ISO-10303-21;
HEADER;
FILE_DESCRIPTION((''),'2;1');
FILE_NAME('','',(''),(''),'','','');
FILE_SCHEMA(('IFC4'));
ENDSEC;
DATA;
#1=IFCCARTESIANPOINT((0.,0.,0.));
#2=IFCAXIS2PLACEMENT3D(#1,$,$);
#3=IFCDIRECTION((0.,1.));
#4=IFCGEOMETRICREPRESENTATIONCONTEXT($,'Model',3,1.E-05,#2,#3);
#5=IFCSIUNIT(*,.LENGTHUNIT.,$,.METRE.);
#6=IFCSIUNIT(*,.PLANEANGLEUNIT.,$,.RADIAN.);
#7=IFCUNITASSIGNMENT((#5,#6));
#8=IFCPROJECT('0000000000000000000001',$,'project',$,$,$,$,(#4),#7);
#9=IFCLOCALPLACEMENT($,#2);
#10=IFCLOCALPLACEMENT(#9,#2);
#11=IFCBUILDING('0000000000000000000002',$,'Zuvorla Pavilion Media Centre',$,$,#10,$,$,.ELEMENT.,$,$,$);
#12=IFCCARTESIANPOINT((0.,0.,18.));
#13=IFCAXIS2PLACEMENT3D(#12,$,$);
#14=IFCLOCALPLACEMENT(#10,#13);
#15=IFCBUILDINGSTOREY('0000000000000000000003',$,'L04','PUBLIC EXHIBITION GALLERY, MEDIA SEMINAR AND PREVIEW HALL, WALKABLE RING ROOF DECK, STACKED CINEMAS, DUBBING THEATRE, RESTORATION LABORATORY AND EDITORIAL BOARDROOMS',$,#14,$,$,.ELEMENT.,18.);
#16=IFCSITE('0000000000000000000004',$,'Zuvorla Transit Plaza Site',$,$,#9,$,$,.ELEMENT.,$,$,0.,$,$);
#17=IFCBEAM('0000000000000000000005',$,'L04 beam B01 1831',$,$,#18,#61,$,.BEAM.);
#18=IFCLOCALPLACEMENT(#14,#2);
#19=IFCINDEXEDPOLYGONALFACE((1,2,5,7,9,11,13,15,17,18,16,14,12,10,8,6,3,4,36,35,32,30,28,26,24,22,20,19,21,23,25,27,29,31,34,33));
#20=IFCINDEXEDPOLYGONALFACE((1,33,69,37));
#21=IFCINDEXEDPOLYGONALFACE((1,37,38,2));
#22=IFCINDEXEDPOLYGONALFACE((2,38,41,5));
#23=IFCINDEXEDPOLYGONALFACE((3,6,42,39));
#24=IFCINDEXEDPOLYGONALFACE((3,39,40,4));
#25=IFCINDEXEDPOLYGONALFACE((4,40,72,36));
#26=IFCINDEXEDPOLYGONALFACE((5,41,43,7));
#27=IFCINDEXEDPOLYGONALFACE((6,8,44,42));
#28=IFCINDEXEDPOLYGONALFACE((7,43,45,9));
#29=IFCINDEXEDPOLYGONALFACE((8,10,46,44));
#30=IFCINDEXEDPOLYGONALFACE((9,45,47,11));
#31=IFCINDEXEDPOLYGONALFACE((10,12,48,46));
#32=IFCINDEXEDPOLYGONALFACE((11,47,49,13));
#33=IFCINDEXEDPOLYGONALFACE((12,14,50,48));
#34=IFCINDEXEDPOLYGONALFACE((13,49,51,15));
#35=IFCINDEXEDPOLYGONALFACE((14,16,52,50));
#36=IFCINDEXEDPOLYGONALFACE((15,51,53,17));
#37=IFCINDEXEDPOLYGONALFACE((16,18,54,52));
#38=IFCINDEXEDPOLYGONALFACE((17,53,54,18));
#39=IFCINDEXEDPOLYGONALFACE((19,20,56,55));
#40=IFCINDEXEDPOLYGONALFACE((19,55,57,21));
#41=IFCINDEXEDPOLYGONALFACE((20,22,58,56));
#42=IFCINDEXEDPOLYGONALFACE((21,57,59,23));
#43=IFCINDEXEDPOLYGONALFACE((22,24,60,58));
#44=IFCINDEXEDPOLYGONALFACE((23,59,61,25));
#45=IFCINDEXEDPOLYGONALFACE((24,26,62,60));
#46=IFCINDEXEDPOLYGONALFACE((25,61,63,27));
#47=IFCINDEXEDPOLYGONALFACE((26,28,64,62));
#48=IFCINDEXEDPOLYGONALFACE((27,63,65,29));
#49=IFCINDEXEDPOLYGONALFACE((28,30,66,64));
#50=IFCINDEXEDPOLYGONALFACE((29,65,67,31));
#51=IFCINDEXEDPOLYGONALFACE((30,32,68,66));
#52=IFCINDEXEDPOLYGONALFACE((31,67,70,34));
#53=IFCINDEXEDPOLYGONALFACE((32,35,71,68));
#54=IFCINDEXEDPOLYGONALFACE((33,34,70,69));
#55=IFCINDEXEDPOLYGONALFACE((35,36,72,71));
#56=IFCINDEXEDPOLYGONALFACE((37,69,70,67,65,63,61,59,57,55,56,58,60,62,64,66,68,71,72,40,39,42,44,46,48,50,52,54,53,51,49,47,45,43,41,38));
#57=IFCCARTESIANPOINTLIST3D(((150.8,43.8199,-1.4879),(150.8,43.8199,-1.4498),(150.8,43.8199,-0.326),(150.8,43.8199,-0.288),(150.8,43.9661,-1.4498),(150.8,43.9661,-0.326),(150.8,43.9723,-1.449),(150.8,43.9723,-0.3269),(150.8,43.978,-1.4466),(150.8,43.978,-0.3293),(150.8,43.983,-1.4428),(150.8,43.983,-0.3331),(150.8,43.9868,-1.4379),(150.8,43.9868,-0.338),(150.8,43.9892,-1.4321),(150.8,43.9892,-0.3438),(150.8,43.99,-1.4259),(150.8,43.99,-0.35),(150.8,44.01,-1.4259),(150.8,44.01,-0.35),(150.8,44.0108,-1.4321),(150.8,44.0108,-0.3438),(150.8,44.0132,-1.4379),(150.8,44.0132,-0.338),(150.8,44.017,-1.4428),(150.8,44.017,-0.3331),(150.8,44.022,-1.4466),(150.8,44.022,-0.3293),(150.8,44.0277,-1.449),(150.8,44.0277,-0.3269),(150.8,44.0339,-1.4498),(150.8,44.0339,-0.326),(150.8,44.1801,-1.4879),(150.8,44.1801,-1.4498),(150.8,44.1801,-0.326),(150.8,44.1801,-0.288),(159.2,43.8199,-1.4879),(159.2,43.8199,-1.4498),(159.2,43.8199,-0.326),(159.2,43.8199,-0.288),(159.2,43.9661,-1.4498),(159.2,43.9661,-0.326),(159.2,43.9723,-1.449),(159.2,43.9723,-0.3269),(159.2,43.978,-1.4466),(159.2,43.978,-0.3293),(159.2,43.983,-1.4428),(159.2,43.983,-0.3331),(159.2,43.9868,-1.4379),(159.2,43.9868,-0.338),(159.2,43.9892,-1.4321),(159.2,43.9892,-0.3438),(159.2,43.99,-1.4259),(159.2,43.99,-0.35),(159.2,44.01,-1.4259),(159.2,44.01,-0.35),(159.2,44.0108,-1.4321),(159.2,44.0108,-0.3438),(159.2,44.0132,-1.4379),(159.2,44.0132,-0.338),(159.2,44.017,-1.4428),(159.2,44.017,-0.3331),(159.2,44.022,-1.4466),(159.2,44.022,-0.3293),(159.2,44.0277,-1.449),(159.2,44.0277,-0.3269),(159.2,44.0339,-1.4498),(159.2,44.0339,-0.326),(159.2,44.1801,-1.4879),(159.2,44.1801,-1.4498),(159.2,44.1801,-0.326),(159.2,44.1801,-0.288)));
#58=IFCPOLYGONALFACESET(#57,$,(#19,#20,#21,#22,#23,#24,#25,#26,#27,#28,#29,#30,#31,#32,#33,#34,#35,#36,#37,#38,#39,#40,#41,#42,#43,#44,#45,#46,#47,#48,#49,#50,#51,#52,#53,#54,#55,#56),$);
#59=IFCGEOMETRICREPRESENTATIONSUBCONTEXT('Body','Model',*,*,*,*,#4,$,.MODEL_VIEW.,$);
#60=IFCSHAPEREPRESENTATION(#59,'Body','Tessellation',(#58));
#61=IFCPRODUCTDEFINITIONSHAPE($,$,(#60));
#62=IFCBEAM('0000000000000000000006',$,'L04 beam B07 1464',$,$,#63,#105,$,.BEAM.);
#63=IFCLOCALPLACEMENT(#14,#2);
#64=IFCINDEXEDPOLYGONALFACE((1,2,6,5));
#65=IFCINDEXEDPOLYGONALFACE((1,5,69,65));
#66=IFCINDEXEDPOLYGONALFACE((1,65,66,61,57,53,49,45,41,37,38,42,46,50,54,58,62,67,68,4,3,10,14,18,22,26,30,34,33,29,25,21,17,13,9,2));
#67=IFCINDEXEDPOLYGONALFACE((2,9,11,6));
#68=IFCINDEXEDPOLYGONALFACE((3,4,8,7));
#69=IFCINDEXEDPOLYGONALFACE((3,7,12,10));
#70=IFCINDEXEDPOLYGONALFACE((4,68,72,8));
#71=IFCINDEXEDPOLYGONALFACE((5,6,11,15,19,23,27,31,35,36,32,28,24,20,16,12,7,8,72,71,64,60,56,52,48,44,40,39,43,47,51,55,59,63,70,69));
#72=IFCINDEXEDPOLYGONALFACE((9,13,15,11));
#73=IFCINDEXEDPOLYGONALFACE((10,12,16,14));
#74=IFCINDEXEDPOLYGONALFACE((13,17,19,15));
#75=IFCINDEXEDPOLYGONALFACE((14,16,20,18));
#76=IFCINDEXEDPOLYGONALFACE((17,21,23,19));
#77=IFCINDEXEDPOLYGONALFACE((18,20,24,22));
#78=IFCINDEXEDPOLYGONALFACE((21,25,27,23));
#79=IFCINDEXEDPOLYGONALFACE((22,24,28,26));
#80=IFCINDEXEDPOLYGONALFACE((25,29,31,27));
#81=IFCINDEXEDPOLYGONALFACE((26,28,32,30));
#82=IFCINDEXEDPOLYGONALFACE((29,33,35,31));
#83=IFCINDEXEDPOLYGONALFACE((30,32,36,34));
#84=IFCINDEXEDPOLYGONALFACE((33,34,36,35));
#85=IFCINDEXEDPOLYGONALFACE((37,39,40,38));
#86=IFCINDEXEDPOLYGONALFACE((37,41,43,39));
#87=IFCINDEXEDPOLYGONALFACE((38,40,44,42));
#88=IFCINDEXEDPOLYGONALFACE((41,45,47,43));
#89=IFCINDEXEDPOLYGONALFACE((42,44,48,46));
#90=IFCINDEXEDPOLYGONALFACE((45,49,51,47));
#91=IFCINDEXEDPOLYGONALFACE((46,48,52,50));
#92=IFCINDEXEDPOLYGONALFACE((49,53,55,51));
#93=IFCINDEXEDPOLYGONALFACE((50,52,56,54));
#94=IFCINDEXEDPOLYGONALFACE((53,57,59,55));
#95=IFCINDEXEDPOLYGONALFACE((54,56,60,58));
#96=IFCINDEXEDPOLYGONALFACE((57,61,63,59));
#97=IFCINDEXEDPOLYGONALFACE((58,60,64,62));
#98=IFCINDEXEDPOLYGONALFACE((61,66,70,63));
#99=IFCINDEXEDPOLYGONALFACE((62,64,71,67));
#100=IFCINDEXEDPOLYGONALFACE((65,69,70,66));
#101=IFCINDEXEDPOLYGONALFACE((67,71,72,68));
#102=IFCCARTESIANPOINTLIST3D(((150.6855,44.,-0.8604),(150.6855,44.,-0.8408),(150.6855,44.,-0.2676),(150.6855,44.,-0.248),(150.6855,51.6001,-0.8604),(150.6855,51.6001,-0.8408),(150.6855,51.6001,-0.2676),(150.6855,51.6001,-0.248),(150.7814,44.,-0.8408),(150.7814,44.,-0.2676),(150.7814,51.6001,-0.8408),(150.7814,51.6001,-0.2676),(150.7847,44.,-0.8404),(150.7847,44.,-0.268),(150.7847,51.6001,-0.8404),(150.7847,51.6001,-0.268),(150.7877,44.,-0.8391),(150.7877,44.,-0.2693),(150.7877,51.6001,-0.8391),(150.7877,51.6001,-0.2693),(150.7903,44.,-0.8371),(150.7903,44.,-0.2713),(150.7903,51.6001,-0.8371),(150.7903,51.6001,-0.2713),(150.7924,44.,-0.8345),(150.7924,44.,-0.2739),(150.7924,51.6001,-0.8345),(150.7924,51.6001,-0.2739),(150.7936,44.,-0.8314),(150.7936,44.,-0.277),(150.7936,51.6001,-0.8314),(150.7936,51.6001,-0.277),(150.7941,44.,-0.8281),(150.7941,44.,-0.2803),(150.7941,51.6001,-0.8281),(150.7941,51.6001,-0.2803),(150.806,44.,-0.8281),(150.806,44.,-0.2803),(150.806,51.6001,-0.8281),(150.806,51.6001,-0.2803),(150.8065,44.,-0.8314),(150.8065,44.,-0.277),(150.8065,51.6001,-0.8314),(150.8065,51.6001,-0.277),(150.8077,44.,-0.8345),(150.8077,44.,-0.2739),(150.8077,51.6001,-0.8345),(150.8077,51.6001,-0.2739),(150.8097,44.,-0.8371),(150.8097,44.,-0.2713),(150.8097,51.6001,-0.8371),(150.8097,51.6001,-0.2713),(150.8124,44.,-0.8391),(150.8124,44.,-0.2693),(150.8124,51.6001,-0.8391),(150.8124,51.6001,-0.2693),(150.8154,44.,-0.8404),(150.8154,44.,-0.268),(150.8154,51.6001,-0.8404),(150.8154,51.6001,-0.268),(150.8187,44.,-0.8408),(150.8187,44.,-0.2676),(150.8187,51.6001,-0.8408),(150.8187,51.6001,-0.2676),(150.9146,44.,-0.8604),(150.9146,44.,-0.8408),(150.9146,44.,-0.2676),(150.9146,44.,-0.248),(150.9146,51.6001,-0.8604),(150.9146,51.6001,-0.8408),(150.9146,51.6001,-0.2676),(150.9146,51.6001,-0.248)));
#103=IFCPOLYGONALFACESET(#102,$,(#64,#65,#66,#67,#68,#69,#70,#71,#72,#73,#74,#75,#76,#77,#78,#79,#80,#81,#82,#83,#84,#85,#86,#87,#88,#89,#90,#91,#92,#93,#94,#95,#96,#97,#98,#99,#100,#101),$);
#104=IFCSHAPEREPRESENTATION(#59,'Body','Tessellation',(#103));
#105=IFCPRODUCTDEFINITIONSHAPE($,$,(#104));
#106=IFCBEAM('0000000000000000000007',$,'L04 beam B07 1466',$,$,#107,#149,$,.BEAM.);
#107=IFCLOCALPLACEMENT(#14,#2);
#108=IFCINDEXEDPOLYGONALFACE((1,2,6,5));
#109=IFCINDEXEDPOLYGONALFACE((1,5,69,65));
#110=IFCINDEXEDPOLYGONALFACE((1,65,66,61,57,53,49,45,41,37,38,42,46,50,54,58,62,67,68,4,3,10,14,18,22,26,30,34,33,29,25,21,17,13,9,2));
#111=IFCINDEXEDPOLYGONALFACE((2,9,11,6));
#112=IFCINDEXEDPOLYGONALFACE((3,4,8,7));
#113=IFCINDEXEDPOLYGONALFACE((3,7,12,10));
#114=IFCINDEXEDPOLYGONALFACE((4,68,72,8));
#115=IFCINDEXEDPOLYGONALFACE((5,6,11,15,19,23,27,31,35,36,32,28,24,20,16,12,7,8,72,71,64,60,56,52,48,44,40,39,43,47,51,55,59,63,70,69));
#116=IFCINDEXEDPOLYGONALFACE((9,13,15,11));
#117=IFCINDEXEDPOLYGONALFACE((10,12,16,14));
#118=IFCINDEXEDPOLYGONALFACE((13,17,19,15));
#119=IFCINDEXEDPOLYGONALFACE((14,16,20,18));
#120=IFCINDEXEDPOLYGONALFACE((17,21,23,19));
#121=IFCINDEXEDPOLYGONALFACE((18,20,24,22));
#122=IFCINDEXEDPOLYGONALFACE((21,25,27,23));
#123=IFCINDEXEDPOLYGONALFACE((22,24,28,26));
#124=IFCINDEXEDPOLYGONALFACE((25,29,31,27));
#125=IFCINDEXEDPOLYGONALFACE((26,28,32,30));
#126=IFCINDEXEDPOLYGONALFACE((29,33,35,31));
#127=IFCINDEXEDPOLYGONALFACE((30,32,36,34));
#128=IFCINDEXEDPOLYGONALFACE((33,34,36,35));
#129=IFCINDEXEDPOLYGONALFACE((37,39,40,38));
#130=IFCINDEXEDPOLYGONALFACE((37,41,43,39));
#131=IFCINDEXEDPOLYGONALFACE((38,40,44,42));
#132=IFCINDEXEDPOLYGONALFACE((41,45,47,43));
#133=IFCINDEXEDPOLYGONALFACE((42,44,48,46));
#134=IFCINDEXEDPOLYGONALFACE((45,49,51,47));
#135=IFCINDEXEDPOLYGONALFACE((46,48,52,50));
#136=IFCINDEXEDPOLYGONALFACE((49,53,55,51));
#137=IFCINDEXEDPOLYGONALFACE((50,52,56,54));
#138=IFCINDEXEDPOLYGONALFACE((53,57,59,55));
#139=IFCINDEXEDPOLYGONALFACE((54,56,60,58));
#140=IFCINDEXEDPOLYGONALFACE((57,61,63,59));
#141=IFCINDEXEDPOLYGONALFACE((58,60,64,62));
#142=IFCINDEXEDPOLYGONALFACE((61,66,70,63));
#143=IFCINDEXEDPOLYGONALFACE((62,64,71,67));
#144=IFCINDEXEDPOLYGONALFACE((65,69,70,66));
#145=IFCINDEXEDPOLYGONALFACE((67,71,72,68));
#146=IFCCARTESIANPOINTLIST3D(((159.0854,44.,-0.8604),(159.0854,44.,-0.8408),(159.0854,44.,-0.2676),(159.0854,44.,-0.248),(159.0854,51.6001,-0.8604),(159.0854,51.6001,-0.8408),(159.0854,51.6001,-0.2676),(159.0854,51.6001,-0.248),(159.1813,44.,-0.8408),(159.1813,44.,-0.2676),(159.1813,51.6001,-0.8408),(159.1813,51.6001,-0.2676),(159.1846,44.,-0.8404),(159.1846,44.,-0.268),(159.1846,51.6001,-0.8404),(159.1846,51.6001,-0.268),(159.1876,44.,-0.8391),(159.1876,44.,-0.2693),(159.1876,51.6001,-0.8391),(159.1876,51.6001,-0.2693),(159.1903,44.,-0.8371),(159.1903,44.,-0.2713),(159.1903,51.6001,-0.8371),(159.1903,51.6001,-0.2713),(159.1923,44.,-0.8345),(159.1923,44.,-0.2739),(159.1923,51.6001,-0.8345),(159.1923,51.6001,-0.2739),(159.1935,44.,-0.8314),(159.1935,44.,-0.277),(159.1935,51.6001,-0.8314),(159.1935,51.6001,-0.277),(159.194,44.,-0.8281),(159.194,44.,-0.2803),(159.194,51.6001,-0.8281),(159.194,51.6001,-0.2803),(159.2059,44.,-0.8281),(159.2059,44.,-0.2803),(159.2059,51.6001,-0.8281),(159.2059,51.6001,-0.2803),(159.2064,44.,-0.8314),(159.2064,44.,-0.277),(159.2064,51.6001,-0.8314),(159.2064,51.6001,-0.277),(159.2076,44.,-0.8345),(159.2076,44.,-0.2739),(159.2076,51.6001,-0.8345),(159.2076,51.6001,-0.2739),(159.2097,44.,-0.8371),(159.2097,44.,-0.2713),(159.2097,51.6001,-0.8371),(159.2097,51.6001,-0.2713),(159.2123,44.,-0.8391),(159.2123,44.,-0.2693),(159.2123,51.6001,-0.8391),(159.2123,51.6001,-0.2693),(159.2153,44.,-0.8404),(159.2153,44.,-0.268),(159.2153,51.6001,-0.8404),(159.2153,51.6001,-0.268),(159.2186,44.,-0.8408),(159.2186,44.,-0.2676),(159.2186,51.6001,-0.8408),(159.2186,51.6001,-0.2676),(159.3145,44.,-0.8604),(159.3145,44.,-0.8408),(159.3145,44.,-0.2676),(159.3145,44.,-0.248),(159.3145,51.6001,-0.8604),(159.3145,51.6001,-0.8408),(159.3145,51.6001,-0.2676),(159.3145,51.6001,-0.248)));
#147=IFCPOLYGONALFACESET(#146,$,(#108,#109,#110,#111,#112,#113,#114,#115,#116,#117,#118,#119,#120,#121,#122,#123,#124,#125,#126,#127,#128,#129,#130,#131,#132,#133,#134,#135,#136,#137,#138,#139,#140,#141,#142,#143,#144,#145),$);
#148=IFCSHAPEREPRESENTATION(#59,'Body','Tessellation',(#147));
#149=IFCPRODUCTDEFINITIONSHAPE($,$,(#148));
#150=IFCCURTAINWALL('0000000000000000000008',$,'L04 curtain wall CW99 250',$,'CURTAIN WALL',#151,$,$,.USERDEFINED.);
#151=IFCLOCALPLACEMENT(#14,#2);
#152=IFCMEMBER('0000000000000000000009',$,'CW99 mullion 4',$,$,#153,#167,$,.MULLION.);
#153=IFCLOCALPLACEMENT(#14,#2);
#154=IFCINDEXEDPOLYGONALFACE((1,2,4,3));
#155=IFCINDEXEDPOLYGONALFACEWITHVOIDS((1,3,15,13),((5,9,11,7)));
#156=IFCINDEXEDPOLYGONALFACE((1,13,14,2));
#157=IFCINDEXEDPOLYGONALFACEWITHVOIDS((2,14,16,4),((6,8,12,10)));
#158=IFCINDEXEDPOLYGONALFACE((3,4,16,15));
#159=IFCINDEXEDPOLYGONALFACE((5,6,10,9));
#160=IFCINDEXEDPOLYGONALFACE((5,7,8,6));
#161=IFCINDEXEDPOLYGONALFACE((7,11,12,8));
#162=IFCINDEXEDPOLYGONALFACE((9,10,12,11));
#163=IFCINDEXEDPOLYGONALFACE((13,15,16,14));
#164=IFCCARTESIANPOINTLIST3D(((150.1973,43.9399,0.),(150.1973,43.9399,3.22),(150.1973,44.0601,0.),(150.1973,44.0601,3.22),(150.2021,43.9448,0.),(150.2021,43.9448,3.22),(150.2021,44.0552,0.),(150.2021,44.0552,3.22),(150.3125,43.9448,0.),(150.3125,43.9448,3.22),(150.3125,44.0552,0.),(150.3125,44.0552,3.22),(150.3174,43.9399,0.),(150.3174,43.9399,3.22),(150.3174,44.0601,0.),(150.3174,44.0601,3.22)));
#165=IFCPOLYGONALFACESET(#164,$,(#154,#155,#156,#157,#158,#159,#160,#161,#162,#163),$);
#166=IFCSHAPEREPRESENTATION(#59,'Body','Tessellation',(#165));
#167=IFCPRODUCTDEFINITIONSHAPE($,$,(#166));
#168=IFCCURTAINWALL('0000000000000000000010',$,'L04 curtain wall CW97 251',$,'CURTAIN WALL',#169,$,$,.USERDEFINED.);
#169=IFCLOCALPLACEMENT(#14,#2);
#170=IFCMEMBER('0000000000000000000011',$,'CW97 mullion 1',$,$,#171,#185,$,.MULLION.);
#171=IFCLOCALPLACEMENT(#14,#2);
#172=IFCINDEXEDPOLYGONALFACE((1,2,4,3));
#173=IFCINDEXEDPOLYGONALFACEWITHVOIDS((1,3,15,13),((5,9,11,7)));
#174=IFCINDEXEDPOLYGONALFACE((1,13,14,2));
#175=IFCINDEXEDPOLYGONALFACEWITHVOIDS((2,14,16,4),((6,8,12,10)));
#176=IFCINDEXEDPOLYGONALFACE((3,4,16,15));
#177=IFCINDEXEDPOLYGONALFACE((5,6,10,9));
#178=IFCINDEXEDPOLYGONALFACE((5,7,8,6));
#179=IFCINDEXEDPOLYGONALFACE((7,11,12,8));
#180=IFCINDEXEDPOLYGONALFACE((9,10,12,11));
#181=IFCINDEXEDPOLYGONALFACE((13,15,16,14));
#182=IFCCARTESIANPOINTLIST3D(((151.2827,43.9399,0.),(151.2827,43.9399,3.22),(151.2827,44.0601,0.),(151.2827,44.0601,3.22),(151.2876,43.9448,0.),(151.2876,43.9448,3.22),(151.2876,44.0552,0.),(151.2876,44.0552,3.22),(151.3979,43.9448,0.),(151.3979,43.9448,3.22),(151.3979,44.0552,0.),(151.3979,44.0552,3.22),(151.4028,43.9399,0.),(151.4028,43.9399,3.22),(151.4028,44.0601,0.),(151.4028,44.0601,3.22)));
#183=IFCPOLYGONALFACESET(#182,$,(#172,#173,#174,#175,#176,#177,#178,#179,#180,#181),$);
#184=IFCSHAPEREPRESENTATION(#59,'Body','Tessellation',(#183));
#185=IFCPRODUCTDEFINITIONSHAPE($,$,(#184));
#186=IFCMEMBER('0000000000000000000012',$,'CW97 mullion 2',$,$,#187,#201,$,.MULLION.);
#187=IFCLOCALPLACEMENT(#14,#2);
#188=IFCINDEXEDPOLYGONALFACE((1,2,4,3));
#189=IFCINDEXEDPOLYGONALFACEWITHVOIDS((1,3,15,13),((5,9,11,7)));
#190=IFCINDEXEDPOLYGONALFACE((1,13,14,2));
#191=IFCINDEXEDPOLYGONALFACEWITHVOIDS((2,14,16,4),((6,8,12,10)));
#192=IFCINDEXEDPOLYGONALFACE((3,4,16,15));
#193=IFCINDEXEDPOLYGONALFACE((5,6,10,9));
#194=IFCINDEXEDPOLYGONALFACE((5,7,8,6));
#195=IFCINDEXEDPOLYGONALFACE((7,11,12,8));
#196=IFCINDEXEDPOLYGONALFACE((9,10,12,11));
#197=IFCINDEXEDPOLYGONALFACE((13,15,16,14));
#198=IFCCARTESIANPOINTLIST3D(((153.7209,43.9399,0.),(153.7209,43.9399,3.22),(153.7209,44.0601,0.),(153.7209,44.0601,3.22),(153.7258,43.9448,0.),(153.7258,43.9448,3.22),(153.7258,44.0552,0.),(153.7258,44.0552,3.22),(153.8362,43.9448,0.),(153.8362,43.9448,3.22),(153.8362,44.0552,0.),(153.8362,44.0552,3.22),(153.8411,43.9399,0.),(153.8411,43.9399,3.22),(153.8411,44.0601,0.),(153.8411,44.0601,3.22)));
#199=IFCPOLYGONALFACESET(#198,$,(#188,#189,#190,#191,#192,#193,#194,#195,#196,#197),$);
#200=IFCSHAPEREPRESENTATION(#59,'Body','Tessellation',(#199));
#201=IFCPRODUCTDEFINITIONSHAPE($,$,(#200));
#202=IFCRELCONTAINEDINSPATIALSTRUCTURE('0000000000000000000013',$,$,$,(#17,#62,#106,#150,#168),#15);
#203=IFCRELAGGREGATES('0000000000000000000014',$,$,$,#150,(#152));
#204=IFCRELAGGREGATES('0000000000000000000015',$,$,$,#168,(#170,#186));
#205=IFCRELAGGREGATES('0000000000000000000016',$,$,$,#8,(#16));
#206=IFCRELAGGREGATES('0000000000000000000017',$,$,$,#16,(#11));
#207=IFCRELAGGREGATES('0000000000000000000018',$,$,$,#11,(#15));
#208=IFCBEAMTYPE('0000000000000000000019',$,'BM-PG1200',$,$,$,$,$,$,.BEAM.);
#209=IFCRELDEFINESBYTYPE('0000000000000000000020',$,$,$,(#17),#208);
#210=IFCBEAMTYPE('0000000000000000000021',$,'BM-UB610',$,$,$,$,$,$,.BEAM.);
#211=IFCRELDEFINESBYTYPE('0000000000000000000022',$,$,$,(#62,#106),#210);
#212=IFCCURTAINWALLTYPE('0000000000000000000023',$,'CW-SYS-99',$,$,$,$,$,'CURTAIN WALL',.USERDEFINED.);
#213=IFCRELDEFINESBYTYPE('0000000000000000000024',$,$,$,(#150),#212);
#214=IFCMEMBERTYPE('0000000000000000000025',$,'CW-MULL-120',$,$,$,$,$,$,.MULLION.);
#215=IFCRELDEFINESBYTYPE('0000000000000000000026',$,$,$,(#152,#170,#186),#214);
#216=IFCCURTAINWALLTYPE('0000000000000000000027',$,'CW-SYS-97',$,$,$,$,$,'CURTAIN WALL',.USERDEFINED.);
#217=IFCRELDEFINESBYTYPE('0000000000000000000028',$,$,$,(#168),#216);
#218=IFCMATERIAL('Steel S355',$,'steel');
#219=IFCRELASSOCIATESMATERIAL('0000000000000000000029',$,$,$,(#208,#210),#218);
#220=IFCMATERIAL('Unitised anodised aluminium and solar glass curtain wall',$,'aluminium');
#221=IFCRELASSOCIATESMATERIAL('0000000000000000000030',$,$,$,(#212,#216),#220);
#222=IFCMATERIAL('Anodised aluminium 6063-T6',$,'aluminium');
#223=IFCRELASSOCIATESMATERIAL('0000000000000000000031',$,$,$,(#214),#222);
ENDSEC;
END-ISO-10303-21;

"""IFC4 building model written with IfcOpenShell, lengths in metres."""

from ifc_helpers import new_model, si_unit, direction, frame, origin, origin_2d, place, context, subcontext, project, spatial, hollow_rectangle, i_section, extrude, material, material_profile, profile_set, type_object, element, aggregate, save


model = new_model("IFC4")

# Units and contexts
model_context = context("Model", 3, precision=1e-05, world=origin(), true_north=direction((0.0, 1.0)))
body_context = subcontext(model_context, "Body", "Model", "MODEL_VIEW")
ifc_project = project(units=[si_unit("LENGTHUNIT", "METRE"), si_unit("PLANEANGLEUNIT", "RADIAN")], contexts=[model_context])

# Site, building, storey
site_placement = place(None, origin())
site = spatial("IfcSite", under=ifc_project, at=site_placement, Name="Zuvorla Transit Plaza Site", CompositionType="ELEMENT", RefElevation=0.0)
building_placement = place(site_placement, origin())
building = spatial("IfcBuilding", under=site, at=building_placement, Name="Zuvorla Pavilion Media Centre", CompositionType="ELEMENT")
storey_placement = place(building_placement, frame((0.0, 0.0, 18.0)))
storey = spatial("IfcBuildingStorey", under=building, at=storey_placement, Name="L04", Description="PUBLIC EXHIBITION GALLERY, MEDIA SEMINAR AND PREVIEW HALL, WALKABLE RING ROOF DECK, STACKED CINEMAS, DUBBING THEATRE, RESTORATION LABORATORY AND EDITORIAL BOARDROOMS", CompositionType="ELEMENT", Elevation=18.0)

# Beams
ifc_material_1 = material(Name="Steel S355", Category="steel")
ifc_material_profile_1 = material_profile(ifc_material_1, i_section(OverallWidth=0.3601, OverallDepth=1.2, WebThickness=0.02, FlangeThickness=0.0381, FilletRadius=0.0239, at=origin_2d()), Name="PG 1200x360x38")
ifc_profile_set_1 = profile_set([ifc_material_profile_1], Name="Steel S355")
beam_type_1 = type_object("IfcBeamType", Name="BM-PG1200", PredefinedType="BEAM", material=ifc_profile_set_1)
beam_placement = place(storey_placement, frame((150.8, 44.0, -0.8879), z_axis=(1.0, 0.0, 0.0), x_axis=(0.0, 1.0, 0.0)))
element("IfcBeam", 1, at=beam_placement, inside=storey, type_object=beam_type_1, Name="L04 beam B01 1831", PredefinedType="BEAM", context=body_context, shape_type="SweptSolid", body=[
    extrude(i_section(OverallWidth=0.3601, OverallDepth=1.2, WebThickness=0.02, FlangeThickness=0.0381, FilletRadius=0.0239, at=origin_2d()), origin(), (0.0, 0.0, 1.0), 8.3999),
])
ifc_material_profile_2 = material_profile(ifc_material_1, i_section(OverallWidth=0.229, OverallDepth=0.6123, WebThickness=0.012, FlangeThickness=0.0195, FilletRadius=0.0127, at=origin_2d()), Name="UB 610x229x125")
ifc_profile_set_2 = profile_set([ifc_material_profile_2], Name="Steel S355")
beam_type_2 = type_object("IfcBeamType", Name="BM-UB610", PredefinedType="BEAM", material=ifc_profile_set_2)
for number, where, z_axis, x_axis, name in (
    (2, (150.8, 44.0, -0.5542), (0.0, 1.0, 0.0), (-1.0, 0.0, 0.0), "L04 beam B07 1464"),
    (3, (159.2, 44.0, -0.5542), (0.0, 1.0, 0.0), (-1.0, 0.0, 0.0), "L04 beam B07 1466"),
):
    element("IfcBeam", number, at=place(storey_placement, frame(where, z_axis=z_axis, x_axis=x_axis)), inside=storey, type_object=beam_type_2, Name=name, PredefinedType="BEAM", context=body_context, shape_type="SweptSolid", body=[
        extrude(i_section(OverallWidth=0.229, OverallDepth=0.6123, WebThickness=0.012, FlangeThickness=0.0195, FilletRadius=0.0127, at=origin_2d()), origin(), (0.0, 0.0, 1.0), 7.6001),
    ])

# Curtain wall, member
ifc_material_2 = material(Name="Unitised anodised aluminium and solar glass curtain wall", Category="aluminium")
curtain_wall_type_1 = type_object("IfcCurtainWallType", Name="CW-SYS-99", ElementType="CURTAIN WALL", PredefinedType="USERDEFINED", material=ifc_material_2)
curtain_wall_1_placement = place(storey_placement, origin())
curtain_wall_1 = element("IfcCurtainWall", 4, at=curtain_wall_1_placement, inside=storey, type_object=curtain_wall_type_1, Name="L04 curtain wall CW99 250", ObjectType="CURTAIN WALL", PredefinedType="USERDEFINED")
ifc_material_3 = material(Name="Anodised aluminium 6063-T6", Category="aluminium")
ifc_material_profile_3 = material_profile(ifc_material_3, hollow_rectangle(XDim=0.1201, YDim=0.1201, WallThickness=0.0049, at=origin_2d()), Name="ALU MULL 120x120")
ifc_profile_set_3 = profile_set([ifc_material_profile_3], Name="Anodised aluminium 6063-T6")
member_type_1 = type_object("IfcMemberType", Name="CW-MULL-120", PredefinedType="MULLION", material=ifc_profile_set_3)
member_1_placement = place(storey_placement, frame((150.2573, 44.0, 0.0), z_axis=(0.0, 0.0, 1.0), x_axis=(1.0, 0.0, 0.0)))
member_1 = element("IfcMember", 5, at=member_1_placement, type_object=member_type_1, Name="CW99 mullion 4", PredefinedType="MULLION", context=body_context, shape_type="SweptSolid", body=[
    extrude(hollow_rectangle(XDim=0.1201, YDim=0.1201, WallThickness=0.0049, at=origin_2d()), origin(), (0.0, 0.0, 1.0), 3.22),
])

# Curtain wall, members
curtain_wall_type_2 = type_object("IfcCurtainWallType", Name="CW-SYS-97", ElementType="CURTAIN WALL", PredefinedType="USERDEFINED", material=ifc_material_2)
curtain_wall_2_placement = place(storey_placement, origin())
curtain_wall_2 = element("IfcCurtainWall", 6, at=curtain_wall_2_placement, inside=storey, type_object=curtain_wall_type_2, Name="L04 curtain wall CW97 251", ObjectType="CURTAIN WALL", PredefinedType="USERDEFINED")
member_2_placement = place(storey_placement, frame((151.3428, 44.0, 0.0), z_axis=(0.0, 0.0, 1.0), x_axis=(1.0, 0.0, 0.0)))
member_2 = element("IfcMember", 7, at=member_2_placement, type_object=member_type_1, Name="CW97 mullion 1", PredefinedType="MULLION", context=body_context, shape_type="SweptSolid", body=[
    extrude(hollow_rectangle(XDim=0.1201, YDim=0.1201, WallThickness=0.0049, at=origin_2d()), origin(), (0.0, 0.0, 1.0), 3.22),
])
member_3_placement = place(storey_placement, frame((153.781, 44.0, 0.0), z_axis=(0.0, 0.0, 1.0), x_axis=(1.0, 0.0, 0.0)))
member_3 = element("IfcMember", 8, at=member_3_placement, type_object=member_type_1, Name="CW97 mullion 2", PredefinedType="MULLION", context=body_context, shape_type="SweptSolid", body=[
    extrude(hollow_rectangle(XDim=0.1201, YDim=0.1201, WallThickness=0.0049, at=origin_2d()), origin(), (0.0, 0.0, 1.0), 3.22),
])

aggregate(curtain_wall_1, [member_1])
aggregate(curtain_wall_2, [member_2, member_3])

save(model, "model.ifc")
